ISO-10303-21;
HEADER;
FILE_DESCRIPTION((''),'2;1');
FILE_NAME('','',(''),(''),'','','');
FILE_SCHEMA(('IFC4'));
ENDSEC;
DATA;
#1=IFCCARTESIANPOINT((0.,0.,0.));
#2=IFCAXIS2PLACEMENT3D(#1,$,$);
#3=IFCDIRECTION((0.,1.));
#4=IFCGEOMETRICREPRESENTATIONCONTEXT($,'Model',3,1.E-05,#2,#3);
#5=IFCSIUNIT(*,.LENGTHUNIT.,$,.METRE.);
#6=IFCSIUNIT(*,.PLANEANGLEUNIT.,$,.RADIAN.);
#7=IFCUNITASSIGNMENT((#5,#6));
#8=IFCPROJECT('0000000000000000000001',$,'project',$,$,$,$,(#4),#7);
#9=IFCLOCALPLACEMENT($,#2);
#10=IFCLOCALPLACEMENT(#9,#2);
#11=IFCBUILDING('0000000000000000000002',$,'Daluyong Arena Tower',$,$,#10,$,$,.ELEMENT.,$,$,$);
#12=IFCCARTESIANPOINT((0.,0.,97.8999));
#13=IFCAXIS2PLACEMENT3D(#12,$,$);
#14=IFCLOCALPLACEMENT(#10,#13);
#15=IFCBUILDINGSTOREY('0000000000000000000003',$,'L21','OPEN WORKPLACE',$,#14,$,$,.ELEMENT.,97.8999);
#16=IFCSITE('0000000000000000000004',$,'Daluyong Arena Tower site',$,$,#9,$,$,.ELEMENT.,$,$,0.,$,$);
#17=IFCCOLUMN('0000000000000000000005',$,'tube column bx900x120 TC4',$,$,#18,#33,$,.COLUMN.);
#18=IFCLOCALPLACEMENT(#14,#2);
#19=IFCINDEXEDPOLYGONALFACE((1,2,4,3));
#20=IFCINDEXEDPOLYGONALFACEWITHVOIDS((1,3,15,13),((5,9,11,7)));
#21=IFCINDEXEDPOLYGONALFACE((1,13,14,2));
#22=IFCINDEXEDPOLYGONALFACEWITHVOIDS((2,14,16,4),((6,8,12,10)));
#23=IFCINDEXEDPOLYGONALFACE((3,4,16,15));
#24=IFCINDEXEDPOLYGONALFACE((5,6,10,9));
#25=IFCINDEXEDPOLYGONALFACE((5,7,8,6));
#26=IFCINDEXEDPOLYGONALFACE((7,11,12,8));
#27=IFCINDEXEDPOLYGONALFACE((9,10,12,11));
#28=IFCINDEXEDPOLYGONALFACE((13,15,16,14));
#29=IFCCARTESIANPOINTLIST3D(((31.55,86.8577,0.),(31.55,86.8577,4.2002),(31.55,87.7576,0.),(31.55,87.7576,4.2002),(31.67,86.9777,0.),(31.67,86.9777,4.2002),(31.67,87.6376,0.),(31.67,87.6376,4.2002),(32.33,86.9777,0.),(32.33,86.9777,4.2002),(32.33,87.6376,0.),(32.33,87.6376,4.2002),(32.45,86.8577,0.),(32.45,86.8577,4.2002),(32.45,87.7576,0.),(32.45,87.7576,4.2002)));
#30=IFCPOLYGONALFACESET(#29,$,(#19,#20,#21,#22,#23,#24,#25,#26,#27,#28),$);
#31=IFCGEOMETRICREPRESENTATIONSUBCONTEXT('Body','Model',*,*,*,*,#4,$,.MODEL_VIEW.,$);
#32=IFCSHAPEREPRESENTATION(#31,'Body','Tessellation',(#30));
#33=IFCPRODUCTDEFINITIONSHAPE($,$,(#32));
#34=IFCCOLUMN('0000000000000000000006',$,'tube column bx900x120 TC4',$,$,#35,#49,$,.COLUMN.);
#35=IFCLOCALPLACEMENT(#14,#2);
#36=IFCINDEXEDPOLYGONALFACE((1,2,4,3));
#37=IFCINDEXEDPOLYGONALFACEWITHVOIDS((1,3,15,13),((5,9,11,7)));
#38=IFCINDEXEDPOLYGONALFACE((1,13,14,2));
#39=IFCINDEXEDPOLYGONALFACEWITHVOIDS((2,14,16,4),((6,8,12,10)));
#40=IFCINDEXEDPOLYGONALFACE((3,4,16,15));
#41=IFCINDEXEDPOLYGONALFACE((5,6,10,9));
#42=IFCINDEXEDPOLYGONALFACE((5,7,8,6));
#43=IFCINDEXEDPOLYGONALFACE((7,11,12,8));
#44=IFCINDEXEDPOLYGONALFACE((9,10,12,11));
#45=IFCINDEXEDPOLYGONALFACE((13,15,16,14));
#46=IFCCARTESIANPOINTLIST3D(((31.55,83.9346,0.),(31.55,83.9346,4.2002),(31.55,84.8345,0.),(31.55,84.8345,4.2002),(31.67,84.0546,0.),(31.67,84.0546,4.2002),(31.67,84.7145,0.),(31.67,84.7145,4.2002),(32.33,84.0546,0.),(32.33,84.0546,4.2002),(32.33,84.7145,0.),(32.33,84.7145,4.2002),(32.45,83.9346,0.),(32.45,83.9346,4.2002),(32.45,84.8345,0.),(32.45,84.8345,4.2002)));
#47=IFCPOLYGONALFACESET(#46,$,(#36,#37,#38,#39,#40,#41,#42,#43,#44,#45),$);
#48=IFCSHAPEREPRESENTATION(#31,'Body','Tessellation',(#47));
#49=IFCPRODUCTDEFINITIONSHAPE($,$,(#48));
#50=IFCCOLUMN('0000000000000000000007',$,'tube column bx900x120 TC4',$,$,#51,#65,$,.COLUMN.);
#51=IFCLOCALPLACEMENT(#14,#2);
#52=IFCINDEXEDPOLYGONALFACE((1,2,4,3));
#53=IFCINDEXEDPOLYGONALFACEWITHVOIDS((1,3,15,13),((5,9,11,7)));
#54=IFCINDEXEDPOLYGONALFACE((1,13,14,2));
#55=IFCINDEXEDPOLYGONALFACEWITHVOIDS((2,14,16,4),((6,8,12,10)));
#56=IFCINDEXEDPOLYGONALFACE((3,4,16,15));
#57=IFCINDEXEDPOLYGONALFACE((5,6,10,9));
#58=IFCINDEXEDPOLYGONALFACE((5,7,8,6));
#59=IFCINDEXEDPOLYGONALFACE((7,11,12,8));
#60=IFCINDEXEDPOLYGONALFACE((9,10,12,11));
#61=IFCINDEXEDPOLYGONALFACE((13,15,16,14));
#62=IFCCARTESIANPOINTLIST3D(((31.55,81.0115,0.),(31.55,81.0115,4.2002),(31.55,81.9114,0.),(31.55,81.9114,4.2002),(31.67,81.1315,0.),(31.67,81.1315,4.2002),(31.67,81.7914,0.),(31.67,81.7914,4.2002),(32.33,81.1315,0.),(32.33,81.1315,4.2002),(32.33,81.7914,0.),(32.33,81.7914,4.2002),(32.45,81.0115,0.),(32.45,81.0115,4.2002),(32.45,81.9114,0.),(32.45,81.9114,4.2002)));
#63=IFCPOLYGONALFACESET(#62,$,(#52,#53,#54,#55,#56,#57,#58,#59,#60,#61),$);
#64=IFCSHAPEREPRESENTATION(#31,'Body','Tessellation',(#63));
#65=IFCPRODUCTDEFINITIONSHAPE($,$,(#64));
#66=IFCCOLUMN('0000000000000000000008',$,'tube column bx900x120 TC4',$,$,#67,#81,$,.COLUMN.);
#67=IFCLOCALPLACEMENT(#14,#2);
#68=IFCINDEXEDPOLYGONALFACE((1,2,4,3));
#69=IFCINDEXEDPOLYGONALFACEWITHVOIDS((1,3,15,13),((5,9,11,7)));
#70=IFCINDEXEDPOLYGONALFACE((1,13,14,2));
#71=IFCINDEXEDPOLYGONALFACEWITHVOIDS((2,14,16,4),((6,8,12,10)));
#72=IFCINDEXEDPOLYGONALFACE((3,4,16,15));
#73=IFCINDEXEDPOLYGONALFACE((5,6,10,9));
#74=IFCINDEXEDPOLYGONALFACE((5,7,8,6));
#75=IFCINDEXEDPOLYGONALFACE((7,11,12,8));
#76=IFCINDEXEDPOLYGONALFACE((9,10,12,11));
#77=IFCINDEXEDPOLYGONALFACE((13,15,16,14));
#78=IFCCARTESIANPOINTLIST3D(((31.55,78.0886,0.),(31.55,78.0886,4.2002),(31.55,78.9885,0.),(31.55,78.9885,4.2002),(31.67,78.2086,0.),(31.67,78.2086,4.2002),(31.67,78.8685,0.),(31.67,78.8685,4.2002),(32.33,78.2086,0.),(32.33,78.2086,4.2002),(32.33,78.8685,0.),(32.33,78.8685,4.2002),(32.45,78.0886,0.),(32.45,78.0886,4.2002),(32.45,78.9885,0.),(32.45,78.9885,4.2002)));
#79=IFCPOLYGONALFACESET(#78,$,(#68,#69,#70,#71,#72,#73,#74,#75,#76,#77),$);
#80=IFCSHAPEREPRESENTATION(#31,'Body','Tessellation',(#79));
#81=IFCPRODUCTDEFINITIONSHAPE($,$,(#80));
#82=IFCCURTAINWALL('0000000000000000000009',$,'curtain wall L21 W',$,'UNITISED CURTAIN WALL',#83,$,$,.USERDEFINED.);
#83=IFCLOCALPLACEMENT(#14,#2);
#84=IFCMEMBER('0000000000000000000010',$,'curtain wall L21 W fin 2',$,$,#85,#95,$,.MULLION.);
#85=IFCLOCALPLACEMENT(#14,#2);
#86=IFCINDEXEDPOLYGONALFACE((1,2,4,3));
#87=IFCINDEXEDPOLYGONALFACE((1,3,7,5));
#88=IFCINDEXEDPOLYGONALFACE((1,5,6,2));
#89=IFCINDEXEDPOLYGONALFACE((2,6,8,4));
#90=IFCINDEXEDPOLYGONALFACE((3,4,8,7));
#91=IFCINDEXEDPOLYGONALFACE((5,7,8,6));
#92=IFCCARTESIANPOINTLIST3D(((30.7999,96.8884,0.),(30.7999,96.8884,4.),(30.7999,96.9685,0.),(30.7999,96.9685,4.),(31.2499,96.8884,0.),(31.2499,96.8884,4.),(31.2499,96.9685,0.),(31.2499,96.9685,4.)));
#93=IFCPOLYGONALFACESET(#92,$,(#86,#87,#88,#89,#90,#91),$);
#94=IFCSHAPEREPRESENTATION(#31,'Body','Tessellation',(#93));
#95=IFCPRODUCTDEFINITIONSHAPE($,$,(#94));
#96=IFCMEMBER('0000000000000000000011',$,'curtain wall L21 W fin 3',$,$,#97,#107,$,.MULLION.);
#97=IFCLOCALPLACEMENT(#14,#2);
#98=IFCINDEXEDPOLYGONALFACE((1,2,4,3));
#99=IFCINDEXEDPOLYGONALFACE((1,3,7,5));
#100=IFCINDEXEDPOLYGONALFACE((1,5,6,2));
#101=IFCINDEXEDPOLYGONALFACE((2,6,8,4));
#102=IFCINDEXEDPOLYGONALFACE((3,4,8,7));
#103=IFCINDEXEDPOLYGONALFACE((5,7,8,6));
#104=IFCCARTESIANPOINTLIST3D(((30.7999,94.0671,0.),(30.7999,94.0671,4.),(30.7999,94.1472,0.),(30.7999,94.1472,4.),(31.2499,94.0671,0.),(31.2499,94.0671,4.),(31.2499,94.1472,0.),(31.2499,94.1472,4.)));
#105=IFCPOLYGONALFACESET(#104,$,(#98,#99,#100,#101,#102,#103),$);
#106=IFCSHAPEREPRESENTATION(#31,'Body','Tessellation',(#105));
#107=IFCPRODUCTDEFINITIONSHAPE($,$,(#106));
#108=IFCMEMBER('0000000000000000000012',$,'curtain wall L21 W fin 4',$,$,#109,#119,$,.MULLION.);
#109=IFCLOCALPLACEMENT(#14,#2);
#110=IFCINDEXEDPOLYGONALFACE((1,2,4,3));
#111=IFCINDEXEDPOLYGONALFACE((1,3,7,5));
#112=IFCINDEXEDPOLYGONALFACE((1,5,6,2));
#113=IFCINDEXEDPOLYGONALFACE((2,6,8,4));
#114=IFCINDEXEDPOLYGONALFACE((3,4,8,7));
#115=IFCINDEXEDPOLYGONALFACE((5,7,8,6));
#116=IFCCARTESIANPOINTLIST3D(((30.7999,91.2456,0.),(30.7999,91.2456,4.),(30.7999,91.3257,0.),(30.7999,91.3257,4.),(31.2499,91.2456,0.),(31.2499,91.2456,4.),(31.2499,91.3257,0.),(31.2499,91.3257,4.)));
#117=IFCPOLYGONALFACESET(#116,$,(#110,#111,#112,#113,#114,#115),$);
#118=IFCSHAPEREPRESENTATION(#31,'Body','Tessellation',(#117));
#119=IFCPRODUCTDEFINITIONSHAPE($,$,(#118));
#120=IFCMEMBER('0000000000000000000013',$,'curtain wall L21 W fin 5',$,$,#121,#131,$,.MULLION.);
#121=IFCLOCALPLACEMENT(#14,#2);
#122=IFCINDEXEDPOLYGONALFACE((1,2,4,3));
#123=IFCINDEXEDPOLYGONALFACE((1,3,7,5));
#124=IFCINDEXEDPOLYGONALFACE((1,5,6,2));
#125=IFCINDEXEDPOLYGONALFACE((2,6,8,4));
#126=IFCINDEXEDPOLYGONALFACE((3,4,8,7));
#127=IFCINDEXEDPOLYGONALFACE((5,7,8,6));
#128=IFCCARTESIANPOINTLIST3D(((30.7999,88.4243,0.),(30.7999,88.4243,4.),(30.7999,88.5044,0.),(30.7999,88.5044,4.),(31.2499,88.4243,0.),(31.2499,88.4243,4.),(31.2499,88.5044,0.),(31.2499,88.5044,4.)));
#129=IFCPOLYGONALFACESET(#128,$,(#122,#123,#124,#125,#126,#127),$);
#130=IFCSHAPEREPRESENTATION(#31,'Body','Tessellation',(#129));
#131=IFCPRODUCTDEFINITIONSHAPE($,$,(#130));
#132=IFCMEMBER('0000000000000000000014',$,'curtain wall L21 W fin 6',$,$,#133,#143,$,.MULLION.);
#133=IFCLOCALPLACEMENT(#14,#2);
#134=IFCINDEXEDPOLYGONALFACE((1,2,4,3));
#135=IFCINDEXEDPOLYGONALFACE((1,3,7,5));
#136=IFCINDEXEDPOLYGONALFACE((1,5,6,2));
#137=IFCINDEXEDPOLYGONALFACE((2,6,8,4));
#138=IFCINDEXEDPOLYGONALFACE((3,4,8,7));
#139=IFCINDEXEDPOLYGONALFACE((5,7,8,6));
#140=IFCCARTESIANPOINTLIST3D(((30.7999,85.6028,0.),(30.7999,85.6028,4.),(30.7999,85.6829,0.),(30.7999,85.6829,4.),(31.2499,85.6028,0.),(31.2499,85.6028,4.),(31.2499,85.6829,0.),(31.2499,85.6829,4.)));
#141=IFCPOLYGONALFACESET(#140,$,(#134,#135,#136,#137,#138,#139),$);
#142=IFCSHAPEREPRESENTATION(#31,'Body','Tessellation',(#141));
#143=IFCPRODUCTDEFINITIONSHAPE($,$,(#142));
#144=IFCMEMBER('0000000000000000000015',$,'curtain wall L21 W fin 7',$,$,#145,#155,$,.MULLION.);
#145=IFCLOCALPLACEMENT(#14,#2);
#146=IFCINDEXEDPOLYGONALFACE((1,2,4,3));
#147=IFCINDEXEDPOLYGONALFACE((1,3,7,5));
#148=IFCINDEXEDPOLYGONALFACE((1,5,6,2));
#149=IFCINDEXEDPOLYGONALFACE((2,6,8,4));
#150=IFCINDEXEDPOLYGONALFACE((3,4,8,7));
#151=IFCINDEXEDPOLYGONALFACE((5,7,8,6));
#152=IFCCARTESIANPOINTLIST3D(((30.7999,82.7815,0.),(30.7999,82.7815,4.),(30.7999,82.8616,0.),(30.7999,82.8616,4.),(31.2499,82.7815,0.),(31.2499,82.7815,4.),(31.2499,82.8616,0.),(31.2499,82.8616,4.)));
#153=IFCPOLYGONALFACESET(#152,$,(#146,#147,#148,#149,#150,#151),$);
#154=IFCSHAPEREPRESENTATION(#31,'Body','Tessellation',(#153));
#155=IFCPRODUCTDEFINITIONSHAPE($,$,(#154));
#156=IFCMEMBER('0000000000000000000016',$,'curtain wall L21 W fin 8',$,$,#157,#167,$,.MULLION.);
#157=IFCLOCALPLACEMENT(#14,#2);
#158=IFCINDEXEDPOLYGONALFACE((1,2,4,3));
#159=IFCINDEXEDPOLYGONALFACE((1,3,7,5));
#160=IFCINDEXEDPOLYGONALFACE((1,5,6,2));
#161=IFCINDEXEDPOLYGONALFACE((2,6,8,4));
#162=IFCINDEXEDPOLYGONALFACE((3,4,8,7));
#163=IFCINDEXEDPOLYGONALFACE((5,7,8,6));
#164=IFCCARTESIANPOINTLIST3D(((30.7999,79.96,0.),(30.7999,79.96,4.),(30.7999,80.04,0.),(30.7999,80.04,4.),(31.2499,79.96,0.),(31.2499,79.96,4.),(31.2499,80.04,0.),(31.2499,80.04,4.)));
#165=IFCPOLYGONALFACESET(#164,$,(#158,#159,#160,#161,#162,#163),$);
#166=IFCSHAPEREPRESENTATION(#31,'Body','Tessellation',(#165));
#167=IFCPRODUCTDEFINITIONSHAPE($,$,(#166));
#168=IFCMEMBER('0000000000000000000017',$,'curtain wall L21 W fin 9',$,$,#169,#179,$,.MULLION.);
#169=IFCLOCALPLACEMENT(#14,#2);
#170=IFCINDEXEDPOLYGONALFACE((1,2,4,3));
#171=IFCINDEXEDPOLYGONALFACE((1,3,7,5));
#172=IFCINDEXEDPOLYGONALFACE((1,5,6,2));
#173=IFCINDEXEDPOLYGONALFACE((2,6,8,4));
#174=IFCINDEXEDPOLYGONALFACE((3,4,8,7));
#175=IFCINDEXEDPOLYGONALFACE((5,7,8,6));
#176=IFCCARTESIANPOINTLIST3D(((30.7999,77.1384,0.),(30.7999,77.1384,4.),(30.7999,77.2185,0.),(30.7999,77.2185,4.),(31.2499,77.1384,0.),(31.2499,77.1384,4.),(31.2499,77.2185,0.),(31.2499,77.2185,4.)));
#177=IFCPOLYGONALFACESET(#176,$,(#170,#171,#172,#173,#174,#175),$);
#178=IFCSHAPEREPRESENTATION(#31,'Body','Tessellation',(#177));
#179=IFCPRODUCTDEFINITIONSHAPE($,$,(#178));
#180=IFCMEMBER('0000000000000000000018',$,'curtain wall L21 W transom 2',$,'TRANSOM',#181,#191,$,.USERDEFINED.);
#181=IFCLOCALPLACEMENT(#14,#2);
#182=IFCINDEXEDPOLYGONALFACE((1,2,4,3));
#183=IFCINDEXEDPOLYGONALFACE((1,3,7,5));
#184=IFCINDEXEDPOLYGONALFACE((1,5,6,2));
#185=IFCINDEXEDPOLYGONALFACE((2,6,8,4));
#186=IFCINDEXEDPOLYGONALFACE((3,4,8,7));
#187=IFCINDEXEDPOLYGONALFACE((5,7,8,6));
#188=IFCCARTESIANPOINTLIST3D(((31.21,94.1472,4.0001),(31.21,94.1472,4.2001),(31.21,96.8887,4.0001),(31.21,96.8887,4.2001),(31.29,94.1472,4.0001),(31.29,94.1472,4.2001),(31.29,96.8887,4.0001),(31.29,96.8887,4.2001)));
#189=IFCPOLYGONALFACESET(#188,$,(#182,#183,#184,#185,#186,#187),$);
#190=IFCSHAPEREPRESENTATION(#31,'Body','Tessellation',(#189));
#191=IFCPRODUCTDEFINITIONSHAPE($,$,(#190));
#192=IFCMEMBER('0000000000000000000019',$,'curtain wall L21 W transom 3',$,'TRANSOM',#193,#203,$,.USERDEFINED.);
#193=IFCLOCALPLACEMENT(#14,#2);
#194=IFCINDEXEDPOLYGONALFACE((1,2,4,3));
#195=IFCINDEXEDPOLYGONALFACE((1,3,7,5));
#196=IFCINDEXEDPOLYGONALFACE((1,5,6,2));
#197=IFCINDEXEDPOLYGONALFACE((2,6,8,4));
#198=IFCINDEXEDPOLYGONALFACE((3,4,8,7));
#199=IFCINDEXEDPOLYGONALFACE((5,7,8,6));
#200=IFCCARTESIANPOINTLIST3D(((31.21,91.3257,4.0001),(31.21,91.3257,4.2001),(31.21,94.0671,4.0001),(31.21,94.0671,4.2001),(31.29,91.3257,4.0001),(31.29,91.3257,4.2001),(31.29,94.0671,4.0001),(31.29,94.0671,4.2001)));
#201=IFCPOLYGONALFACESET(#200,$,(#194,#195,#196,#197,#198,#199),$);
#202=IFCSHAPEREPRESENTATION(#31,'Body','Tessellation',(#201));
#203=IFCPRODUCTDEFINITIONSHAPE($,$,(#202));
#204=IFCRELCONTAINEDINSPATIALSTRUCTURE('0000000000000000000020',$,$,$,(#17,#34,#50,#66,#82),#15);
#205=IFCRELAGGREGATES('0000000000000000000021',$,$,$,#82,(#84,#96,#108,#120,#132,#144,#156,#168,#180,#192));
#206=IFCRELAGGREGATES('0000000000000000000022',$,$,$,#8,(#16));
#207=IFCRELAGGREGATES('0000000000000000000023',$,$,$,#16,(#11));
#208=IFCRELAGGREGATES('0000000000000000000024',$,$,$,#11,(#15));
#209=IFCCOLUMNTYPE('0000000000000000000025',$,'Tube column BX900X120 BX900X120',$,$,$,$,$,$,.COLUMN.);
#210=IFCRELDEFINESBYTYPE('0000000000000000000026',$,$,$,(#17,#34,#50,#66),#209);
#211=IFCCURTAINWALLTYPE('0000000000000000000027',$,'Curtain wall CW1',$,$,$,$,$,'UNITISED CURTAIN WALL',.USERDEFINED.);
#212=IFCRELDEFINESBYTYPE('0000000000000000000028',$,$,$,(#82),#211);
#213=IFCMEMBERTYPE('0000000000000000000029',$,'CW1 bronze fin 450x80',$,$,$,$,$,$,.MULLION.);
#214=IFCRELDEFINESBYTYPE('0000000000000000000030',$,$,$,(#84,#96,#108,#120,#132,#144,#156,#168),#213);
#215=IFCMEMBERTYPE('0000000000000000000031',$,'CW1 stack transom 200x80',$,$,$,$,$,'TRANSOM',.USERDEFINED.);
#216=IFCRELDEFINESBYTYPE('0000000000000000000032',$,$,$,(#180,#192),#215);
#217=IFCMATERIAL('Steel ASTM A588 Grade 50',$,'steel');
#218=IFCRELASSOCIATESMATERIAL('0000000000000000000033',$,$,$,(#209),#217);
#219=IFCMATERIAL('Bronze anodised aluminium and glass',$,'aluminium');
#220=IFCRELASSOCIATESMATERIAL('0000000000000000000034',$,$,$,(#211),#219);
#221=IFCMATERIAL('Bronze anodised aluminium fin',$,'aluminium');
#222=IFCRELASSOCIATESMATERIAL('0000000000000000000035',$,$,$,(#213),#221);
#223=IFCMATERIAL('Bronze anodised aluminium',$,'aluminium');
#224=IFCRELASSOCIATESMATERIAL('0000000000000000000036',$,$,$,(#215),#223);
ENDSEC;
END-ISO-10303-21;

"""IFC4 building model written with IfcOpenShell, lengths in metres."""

from ifc_helpers import new_model, si_unit, direction, frame, origin, origin_2d, place, context, subcontext, project, spatial, rectangle, hollow_rectangle, extrude, material, material_profile, profile_set, type_object, element, aggregate, save


model = new_model("IFC4")

# Units and contexts
model_context = context("Model", 3, precision=1e-05, world=origin(), true_north=direction((0.0, 1.0)))
body_context = subcontext(model_context, "Body", "Model", "MODEL_VIEW")
ifc_project = project(units=[si_unit("LENGTHUNIT", "METRE"), si_unit("PLANEANGLEUNIT", "RADIAN")], contexts=[model_context])

# Site, building, storey
site_placement = place(None, origin())
site = spatial("IfcSite", under=ifc_project, at=site_placement, Name="Daluyong Arena Tower site", CompositionType="ELEMENT", RefElevation=0.0)
building_placement = place(site_placement, origin())
building = spatial("IfcBuilding", under=site, at=building_placement, Name="Daluyong Arena Tower", CompositionType="ELEMENT")
storey_placement = place(building_placement, frame((0.0, 0.0, 97.8999)))
storey = spatial("IfcBuildingStorey", under=building, at=storey_placement, Name="L21", Description="OPEN WORKPLACE", CompositionType="ELEMENT", Elevation=97.8999)

# Columns
ifc_material_1 = material(Name="Steel ASTM A588 Grade 50", Category="steel")
ifc_material_profile_1 = material_profile(ifc_material_1, hollow_rectangle(XDim=0.8999, YDim=0.8999, WallThickness=0.12, at=origin_2d()))
ifc_profile_set_1 = profile_set([ifc_material_profile_1], Name="Steel ASTM A588 Grade 50")
column_type = type_object("IfcColumnType", Name="Tube column BX900X120 BX900X120", PredefinedType="COLUMN", material=ifc_profile_set_1)
for number, where, z_axis, x_axis, name in (
    (1, (32.0, 87.3076, 0.0), (0.0, 0.0, 1.0), (0.0, 1.0, 0.0), "tube column bx900x120 TC4"),
    (2, (32.0, 84.3845, 0.0), (0.0, 0.0, 1.0), (0.0, 1.0, 0.0), "tube column bx900x120 TC4"),
    (3, (32.0, 81.4614, 0.0), (0.0, 0.0, 1.0), (0.0, 1.0, 0.0), "tube column bx900x120 TC4"),
    (4, (32.0, 78.5386, 0.0), (0.0, 0.0, 1.0), (0.0, 1.0, 0.0), "tube column bx900x120 TC4"),
):
    element("IfcColumn", number, at=place(storey_placement, frame(where, z_axis=z_axis, x_axis=x_axis)), inside=storey, type_object=column_type, Name=name, PredefinedType="COLUMN", context=body_context, shape_type="SweptSolid", body=[
        extrude(hollow_rectangle(XDim=0.8999, YDim=0.8999, WallThickness=0.12, at=origin_2d()), origin(), (0.0, 0.0, 1.0), 4.2002),
    ])

# Curtain wall, members
ifc_material_2 = material(Name="Bronze anodised aluminium and glass", Category="aluminium")
curtain_wall_type = type_object("IfcCurtainWallType", Name="Curtain wall CW1", ElementType="UNITISED CURTAIN WALL", PredefinedType="USERDEFINED", material=ifc_material_2)
curtain_wall_placement = place(storey_placement, origin())
curtain_wall = element("IfcCurtainWall", 5, at=curtain_wall_placement, inside=storey, type_object=curtain_wall_type, Name="curtain wall L21 W", ObjectType="UNITISED CURTAIN WALL", PredefinedType="USERDEFINED")
ifc_material_3 = material(Name="Bronze anodised aluminium fin", Category="aluminium")
ifc_material_profile_2 = material_profile(ifc_material_3, rectangle(XDim=0.45, YDim=0.0801, at=origin_2d()))
ifc_profile_set_2 = profile_set([ifc_material_profile_2], Name="Bronze anodised aluminium fin")
member_type_1 = type_object("IfcMemberType", Name="CW1 bronze fin 450x80", PredefinedType="MULLION", material=ifc_profile_set_2)
member_1_placement = place(storey_placement, frame((31.0249, 96.9285, 0.0), z_axis=(0.0, 0.0, 1.0), x_axis=(1.0, 0.0, 0.0)))
member_1 = element("IfcMember", 6, at=member_1_placement, type_object=member_type_1, Name="curtain wall L21 W fin 2", PredefinedType="MULLION", context=body_context, shape_type="SweptSolid", body=[
    extrude(rectangle(XDim=0.45, YDim=0.0801, at=origin_2d()), origin(), (0.0, 0.0, 1.0), 4.0),
])
member_2_placement = place(storey_placement, frame((31.0249, 94.1072, 0.0), z_axis=(0.0, 0.0, 1.0), x_axis=(1.0, 0.0, 0.0)))
member_2 = element("IfcMember", 7, at=member_2_placement, type_object=member_type_1, Name="curtain wall L21 W fin 3", PredefinedType="MULLION", context=body_context, shape_type="SweptSolid", body=[
    extrude(rectangle(XDim=0.45, YDim=0.0801, at=origin_2d()), origin(), (0.0, 0.0, 1.0), 4.0),
])
member_3_placement = place(storey_placement, frame((31.0249, 91.2856, 0.0), z_axis=(0.0, 0.0, 1.0), x_axis=(1.0, 0.0, 0.0)))
member_3 = element("IfcMember", 8, at=member_3_placement, type_object=member_type_1, Name="curtain wall L21 W fin 4", PredefinedType="MULLION", context=body_context, shape_type="SweptSolid", body=[
    extrude(rectangle(XDim=0.45, YDim=0.0801, at=origin_2d()), origin(), (0.0, 0.0, 1.0), 4.0),
])
member_4_placement = place(storey_placement, frame((31.0249, 88.4644, 0.0), z_axis=(0.0, 0.0, 1.0), x_axis=(1.0, 0.0, 0.0)))
member_4 = element("IfcMember", 9, at=member_4_placement, type_object=member_type_1, Name="curtain wall L21 W fin 5", PredefinedType="MULLION", context=body_context, shape_type="SweptSolid", body=[
    extrude(rectangle(XDim=0.45, YDim=0.0801, at=origin_2d()), origin(), (0.0, 0.0, 1.0), 4.0),
])
member_5_placement = place(storey_placement, frame((31.0249, 85.6428, 0.0), z_axis=(0.0, 0.0, 1.0), x_axis=(1.0, 0.0, 0.0)))
member_5 = element("IfcMember", 10, at=member_5_placement, type_object=member_type_1, Name="curtain wall L21 W fin 6", PredefinedType="MULLION", context=body_context, shape_type="SweptSolid", body=[
    extrude(rectangle(XDim=0.45, YDim=0.0801, at=origin_2d()), origin(), (0.0, 0.0, 1.0), 4.0),
])
member_6_placement = place(storey_placement, frame((31.0249, 82.8215, 0.0), z_axis=(0.0, 0.0, 1.0), x_axis=(1.0, 0.0, 0.0)))
member_6 = element("IfcMember", 11, at=member_6_placement, type_object=member_type_1, Name="curtain wall L21 W fin 7", PredefinedType="MULLION", context=body_context, shape_type="SweptSolid", body=[
    extrude(rectangle(XDim=0.45, YDim=0.0801, at=origin_2d()), origin(), (0.0, 0.0, 1.0), 4.0),
])
member_7_placement = place(storey_placement, frame((31.0249, 80.0, 0.0), z_axis=(0.0, 0.0, 1.0), x_axis=(1.0, 0.0, 0.0)))
member_7 = element("IfcMember", 12, at=member_7_placement, type_object=member_type_1, Name="curtain wall L21 W fin 8", PredefinedType="MULLION", context=body_context, shape_type="SweptSolid", body=[
    extrude(rectangle(XDim=0.45, YDim=0.0801, at=origin_2d()), origin(), (0.0, 0.0, 1.0), 4.0),
])
member_8_placement = place(storey_placement, frame((31.0249, 77.1785, 0.0), z_axis=(0.0, 0.0, 1.0), x_axis=(1.0, 0.0, 0.0)))
member_8 = element("IfcMember", 13, at=member_8_placement, type_object=member_type_1, Name="curtain wall L21 W fin 9", PredefinedType="MULLION", context=body_context, shape_type="SweptSolid", body=[
    extrude(rectangle(XDim=0.45, YDim=0.0801, at=origin_2d()), origin(), (0.0, 0.0, 1.0), 4.0),
])
ifc_material_4 = material(Name="Bronze anodised aluminium", Category="aluminium")
ifc_material_profile_3 = material_profile(ifc_material_4, rectangle(XDim=0.0801, YDim=0.2, at=origin_2d()))
ifc_profile_set_3 = profile_set([ifc_material_profile_3], Name="Bronze anodised aluminium")
member_type_2 = type_object("IfcMemberType", Name="CW1 stack transom 200x80", ElementType="TRANSOM", PredefinedType="USERDEFINED", material=ifc_profile_set_3)
member_9_placement = place(storey_placement, frame((31.25, 96.8887, 4.1001), z_axis=(0.0, -1.0, 0.0), x_axis=(1.0, 0.0, 0.0)))
member_9 = element("IfcMember", 14, at=member_9_placement, type_object=member_type_2, Name="curtain wall L21 W transom 2", ObjectType="TRANSOM", PredefinedType="USERDEFINED", context=body_context, shape_type="SweptSolid", body=[
    extrude(rectangle(XDim=0.0801, YDim=0.2, at=origin_2d()), origin(), (0.0, 0.0, 1.0), 2.7415),
])
member_10_placement = place(storey_placement, frame((31.25, 94.0671, 4.1001), z_axis=(0.0, -1.0, 0.0), x_axis=(1.0, 0.0, 0.0)))
member_10 = element("IfcMember", 15, at=member_10_placement, type_object=member_type_2, Name="curtain wall L21 W transom 3", ObjectType="TRANSOM", PredefinedType="USERDEFINED", context=body_context, shape_type="SweptSolid", body=[
    extrude(rectangle(XDim=0.0801, YDim=0.2, at=origin_2d()), origin(), (0.0, 0.0, 1.0), 2.7415),
])

aggregate(curtain_wall, [member_1, member_2, member_3, member_4, member_5, member_6, member_7, member_8, member_9, member_10])

save(model, "model.ifc")
